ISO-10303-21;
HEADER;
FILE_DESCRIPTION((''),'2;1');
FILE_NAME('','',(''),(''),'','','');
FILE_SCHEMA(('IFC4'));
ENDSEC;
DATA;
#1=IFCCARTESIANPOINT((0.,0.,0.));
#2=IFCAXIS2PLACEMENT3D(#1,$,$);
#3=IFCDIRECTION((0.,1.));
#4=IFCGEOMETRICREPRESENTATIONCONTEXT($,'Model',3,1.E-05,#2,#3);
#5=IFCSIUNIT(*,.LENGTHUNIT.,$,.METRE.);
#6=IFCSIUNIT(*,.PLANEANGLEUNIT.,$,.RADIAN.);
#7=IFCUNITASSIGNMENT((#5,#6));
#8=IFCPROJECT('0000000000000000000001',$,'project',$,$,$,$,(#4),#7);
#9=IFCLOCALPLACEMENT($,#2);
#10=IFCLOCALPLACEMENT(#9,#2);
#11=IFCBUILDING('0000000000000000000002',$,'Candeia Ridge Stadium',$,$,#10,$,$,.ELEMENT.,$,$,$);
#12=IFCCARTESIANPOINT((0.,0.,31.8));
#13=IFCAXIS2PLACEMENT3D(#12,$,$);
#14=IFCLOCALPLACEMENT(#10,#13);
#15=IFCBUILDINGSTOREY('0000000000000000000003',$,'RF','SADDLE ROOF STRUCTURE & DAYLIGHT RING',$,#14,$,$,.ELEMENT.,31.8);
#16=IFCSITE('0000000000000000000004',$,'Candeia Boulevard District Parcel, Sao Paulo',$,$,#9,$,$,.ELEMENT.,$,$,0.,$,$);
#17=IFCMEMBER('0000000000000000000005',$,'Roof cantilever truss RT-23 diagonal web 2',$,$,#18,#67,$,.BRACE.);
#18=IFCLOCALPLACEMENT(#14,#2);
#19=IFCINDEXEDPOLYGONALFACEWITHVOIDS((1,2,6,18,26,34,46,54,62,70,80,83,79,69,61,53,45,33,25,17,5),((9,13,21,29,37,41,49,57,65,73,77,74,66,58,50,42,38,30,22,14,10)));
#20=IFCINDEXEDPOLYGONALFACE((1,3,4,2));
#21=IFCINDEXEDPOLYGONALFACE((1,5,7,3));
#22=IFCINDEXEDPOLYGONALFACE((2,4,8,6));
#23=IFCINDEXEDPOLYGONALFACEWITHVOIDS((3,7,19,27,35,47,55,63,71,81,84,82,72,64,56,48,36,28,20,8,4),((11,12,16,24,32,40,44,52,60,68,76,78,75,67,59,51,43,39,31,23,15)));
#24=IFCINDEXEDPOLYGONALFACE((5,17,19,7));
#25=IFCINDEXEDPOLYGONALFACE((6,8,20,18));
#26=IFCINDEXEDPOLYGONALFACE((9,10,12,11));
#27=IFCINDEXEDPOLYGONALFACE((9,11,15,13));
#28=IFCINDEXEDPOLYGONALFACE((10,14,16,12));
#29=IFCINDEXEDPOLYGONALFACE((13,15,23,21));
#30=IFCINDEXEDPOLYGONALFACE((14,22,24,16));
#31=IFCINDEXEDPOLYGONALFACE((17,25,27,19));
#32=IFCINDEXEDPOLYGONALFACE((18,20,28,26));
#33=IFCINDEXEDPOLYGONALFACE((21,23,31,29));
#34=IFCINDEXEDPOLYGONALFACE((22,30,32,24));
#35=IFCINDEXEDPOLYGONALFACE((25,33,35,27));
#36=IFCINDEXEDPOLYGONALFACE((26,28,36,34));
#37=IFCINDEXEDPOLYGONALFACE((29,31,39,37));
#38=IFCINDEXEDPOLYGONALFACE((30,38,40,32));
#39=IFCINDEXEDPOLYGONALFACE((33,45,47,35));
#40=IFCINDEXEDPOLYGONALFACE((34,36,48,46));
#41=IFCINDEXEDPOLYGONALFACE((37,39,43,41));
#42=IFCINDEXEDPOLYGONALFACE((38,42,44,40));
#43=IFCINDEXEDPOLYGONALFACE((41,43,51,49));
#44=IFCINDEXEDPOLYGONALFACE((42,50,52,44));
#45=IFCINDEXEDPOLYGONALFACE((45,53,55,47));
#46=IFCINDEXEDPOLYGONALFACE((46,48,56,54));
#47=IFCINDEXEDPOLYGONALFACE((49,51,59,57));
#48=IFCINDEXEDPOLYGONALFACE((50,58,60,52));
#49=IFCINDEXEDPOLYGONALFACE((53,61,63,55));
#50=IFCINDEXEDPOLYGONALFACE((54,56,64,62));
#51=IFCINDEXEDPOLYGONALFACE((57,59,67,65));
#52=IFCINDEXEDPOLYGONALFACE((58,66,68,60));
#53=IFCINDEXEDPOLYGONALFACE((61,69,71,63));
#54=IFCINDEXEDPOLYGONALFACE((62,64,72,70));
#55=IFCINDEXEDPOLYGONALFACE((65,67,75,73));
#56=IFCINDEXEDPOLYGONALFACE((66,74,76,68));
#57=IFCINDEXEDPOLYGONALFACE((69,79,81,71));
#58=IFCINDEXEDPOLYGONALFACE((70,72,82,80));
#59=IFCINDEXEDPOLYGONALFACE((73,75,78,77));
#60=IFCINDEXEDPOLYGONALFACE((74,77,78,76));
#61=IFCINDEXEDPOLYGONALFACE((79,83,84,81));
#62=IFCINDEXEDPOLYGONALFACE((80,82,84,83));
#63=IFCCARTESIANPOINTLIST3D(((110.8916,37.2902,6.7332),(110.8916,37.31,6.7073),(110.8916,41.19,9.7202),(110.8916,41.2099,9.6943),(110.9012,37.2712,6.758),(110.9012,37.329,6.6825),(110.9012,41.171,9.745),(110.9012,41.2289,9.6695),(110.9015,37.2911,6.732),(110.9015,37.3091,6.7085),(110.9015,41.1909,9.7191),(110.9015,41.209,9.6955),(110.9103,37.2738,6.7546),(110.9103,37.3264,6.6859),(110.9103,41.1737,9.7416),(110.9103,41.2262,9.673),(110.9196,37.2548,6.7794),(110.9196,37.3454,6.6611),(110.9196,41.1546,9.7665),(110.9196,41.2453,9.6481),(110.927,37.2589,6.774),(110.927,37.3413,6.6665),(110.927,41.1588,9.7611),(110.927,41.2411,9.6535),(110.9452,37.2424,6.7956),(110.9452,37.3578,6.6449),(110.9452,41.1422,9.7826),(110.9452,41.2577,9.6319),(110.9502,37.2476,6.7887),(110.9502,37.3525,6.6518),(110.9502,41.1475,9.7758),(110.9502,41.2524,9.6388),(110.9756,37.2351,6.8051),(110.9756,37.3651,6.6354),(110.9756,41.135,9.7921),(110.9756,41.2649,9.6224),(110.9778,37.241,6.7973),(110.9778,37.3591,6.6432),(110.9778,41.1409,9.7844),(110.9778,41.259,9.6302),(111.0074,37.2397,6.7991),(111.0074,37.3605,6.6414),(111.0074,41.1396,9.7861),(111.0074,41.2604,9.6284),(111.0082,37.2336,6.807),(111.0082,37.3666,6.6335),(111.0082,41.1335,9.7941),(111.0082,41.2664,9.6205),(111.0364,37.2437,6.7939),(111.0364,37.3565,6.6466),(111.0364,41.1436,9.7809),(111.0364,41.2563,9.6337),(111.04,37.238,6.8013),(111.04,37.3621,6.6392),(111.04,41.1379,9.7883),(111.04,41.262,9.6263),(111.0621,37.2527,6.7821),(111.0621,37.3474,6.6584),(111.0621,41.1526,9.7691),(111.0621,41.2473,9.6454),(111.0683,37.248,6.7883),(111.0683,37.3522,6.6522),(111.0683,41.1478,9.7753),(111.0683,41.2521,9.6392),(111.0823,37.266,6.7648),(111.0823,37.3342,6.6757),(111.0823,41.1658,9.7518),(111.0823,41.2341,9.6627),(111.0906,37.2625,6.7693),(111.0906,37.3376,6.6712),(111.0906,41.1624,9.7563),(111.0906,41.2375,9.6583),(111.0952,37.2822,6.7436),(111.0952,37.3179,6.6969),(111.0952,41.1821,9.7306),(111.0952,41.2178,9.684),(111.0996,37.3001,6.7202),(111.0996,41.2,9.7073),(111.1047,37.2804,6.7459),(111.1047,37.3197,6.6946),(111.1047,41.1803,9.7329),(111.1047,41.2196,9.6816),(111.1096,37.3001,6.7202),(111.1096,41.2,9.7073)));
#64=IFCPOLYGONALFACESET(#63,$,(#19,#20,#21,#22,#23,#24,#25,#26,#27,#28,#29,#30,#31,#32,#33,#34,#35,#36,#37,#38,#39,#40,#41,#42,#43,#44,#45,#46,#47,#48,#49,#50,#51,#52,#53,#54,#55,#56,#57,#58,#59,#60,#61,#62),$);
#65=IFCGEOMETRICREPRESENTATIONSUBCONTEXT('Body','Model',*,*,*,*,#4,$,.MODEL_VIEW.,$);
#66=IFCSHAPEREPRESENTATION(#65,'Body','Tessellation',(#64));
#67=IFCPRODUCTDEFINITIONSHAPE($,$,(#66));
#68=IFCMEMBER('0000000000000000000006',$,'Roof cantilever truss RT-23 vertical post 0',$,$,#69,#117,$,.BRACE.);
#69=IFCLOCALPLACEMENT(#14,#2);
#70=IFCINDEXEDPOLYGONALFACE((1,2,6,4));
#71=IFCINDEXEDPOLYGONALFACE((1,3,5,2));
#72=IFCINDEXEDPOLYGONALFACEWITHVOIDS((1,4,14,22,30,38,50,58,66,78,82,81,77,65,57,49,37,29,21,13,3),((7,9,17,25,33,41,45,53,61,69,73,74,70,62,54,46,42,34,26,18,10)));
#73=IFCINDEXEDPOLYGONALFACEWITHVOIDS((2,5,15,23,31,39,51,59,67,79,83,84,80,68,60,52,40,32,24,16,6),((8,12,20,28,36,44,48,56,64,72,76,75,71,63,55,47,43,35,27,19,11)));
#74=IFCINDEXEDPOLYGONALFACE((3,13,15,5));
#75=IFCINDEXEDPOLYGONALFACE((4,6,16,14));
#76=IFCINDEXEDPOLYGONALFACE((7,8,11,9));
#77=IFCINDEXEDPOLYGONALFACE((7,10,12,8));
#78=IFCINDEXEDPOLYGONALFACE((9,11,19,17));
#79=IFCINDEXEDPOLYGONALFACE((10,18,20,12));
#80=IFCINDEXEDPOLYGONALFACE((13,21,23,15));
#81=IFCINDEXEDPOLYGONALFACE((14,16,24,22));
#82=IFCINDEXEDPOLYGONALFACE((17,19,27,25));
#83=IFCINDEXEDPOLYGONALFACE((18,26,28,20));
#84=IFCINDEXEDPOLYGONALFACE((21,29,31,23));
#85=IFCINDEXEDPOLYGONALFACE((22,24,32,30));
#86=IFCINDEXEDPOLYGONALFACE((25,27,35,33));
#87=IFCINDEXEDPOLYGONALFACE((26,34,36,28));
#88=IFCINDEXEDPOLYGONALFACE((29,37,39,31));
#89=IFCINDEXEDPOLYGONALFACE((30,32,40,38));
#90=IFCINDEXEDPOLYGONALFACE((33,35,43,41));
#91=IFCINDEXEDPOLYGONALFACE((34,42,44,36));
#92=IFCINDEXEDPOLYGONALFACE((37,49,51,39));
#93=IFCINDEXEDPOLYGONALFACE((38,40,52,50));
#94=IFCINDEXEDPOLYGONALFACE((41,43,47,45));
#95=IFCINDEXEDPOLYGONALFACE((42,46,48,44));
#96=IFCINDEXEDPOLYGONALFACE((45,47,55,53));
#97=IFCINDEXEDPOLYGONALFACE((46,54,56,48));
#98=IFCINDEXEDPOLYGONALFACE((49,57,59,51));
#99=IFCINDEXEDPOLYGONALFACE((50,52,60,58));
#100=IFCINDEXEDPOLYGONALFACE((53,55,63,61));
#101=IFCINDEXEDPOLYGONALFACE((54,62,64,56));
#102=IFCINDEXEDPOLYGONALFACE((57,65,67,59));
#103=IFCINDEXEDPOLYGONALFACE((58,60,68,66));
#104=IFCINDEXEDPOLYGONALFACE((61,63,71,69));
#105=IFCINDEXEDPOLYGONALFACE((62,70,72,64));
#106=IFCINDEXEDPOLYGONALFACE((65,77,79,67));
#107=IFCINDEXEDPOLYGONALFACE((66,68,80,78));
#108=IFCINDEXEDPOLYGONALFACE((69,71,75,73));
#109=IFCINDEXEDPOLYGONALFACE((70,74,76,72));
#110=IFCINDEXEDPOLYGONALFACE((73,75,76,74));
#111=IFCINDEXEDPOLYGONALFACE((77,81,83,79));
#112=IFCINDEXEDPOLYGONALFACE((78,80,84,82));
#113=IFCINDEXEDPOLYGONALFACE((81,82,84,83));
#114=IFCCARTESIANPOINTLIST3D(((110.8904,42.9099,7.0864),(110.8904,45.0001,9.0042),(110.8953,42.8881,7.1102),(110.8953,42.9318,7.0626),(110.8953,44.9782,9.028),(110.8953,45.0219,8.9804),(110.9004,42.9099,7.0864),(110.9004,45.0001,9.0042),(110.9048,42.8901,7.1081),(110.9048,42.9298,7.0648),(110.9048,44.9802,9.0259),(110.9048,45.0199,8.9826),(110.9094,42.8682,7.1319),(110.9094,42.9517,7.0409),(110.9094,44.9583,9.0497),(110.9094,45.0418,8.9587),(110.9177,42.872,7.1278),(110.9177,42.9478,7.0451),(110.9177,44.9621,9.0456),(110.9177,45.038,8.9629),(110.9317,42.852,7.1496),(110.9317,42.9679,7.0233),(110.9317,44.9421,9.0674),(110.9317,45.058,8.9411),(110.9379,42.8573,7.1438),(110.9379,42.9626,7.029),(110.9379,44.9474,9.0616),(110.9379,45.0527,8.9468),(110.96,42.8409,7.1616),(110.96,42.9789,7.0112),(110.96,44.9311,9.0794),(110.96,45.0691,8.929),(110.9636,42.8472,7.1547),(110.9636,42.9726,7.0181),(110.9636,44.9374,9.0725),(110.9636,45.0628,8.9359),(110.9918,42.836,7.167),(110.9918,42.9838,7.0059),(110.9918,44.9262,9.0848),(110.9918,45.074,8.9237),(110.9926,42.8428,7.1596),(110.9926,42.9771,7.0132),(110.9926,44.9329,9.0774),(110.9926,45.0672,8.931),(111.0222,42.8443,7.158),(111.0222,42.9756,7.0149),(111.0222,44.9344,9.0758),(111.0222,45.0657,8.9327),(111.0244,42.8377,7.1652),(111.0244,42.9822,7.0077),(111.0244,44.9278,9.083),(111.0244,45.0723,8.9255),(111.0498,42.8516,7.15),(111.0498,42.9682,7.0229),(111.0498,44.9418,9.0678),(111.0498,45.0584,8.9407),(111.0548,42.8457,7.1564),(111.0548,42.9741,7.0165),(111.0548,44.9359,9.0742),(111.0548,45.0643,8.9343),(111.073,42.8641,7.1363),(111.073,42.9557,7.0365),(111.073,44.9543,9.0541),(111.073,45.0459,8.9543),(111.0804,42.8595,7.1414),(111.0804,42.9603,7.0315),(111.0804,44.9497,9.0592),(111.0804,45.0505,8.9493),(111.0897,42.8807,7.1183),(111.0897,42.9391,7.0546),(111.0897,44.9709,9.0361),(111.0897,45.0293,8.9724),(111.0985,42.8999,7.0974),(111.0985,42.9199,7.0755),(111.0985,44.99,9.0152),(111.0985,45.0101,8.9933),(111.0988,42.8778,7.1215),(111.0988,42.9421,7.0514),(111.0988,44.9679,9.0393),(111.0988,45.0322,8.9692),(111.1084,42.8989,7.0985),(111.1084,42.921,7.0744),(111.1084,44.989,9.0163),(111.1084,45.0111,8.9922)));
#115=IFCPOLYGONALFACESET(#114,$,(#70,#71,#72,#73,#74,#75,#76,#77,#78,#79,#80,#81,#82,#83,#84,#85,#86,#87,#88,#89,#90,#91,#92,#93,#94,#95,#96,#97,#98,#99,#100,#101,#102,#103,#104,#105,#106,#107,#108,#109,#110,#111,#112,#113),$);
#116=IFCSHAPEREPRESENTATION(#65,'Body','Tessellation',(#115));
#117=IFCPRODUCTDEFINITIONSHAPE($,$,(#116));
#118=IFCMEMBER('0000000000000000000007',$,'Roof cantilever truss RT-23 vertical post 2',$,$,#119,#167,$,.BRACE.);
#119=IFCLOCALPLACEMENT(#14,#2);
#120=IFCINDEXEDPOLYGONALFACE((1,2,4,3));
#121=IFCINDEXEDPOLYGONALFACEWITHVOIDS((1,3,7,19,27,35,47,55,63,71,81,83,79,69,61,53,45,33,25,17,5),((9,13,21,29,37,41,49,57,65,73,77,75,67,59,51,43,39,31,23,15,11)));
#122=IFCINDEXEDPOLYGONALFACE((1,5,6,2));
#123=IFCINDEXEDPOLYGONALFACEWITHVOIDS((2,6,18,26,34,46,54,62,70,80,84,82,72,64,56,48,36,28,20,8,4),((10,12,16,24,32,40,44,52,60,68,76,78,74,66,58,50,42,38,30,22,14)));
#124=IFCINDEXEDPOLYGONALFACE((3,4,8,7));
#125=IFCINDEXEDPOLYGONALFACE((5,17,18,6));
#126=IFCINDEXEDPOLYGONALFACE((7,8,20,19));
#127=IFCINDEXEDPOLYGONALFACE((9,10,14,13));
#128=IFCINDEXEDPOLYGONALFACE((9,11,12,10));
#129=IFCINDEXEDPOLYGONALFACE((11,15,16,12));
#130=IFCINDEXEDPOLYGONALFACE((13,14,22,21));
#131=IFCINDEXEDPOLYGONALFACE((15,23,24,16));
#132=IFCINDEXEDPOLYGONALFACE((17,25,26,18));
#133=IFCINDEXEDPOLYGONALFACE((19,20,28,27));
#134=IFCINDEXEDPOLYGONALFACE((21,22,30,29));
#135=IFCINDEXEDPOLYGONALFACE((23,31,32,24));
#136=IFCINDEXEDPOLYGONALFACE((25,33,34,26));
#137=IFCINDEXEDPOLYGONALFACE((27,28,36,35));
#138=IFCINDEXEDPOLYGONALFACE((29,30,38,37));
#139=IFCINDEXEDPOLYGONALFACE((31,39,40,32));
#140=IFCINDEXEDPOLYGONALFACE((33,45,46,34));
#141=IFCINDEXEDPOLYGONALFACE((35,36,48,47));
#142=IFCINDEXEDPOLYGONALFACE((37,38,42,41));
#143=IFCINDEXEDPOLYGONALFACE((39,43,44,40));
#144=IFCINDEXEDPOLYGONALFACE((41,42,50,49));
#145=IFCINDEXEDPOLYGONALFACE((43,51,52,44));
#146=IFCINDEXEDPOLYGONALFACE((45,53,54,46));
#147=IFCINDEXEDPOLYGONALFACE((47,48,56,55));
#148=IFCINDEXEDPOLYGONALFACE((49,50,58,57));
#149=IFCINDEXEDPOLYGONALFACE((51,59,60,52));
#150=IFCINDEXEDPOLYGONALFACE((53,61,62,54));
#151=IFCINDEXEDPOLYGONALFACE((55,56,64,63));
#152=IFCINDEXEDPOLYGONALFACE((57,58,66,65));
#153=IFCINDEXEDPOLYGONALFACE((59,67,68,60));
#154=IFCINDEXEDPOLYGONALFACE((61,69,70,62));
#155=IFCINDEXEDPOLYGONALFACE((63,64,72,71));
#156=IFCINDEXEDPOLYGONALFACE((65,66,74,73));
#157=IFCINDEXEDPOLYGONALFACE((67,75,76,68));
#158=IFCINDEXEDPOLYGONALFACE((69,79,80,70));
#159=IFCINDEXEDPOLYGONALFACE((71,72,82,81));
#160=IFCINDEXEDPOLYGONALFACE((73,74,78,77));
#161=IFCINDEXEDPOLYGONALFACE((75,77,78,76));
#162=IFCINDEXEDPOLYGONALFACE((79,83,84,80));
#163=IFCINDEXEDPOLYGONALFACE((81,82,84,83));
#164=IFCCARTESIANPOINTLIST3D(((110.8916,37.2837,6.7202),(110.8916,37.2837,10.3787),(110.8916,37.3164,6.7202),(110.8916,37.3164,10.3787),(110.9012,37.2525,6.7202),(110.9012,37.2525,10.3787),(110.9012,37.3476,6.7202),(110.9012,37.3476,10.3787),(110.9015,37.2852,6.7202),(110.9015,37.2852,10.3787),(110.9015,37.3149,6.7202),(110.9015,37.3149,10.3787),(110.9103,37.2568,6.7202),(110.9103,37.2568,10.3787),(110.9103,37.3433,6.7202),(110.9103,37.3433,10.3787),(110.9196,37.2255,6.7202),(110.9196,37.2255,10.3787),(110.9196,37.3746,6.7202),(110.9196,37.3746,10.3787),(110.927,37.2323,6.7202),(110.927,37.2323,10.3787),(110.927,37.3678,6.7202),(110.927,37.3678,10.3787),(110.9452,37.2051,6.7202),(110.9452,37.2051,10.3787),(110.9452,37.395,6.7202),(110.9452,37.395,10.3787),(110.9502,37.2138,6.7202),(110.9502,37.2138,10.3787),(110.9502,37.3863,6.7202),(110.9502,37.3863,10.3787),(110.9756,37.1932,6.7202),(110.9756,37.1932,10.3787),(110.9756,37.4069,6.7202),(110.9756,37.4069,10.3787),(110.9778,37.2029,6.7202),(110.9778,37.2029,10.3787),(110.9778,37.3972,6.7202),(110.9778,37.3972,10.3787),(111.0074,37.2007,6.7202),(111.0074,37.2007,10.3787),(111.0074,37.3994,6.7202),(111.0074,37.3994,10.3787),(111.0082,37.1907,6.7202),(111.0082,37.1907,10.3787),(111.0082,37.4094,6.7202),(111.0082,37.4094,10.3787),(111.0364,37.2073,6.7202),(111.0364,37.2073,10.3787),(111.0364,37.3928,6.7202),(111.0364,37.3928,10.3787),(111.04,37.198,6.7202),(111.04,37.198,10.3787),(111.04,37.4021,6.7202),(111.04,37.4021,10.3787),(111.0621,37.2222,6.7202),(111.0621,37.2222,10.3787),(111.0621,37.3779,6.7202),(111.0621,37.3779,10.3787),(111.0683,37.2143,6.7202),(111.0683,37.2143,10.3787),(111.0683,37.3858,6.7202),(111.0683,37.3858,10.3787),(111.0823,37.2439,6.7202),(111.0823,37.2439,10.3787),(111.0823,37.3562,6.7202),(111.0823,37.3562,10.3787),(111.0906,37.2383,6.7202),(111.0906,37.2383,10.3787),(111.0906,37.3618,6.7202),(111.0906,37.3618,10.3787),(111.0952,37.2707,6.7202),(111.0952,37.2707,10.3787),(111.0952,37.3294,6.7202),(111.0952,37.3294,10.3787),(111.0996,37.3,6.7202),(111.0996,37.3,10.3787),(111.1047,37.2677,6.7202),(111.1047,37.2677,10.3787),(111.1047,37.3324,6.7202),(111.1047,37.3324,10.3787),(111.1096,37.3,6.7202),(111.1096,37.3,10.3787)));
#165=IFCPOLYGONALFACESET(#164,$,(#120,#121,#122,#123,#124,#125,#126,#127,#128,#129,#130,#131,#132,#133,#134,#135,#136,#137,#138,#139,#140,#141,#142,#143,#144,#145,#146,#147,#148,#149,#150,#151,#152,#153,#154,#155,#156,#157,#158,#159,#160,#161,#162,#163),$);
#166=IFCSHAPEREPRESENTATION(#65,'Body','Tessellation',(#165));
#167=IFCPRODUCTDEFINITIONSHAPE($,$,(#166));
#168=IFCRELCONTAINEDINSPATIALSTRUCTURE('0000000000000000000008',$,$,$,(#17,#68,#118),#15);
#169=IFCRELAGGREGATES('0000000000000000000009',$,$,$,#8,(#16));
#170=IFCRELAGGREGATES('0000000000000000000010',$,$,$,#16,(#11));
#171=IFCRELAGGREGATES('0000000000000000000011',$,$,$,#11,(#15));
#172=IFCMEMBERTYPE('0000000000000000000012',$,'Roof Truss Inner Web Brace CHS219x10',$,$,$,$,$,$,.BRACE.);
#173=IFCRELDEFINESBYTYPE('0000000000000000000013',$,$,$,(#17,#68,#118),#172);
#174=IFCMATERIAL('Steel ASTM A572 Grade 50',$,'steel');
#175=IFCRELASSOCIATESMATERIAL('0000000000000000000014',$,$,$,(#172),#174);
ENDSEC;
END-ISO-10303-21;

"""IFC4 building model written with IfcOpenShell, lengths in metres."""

from ifc_helpers import new_model, si_unit, direction, frame, origin, origin_2d, place, context, subcontext, project, spatial, hollow_circle, extrude, material, material_profile, profile_set, type_object, element, save


model = new_model("IFC4")

# Units and contexts
model_context = context("Model", 3, precision=1e-05, world=origin(), true_north=direction((0.0, 1.0)))
body_context = subcontext(model_context, "Body", "Model", "MODEL_VIEW")
ifc_project = project(units=[si_unit("LENGTHUNIT", "METRE"), si_unit("PLANEANGLEUNIT", "RADIAN")], contexts=[model_context])

# Site, building, storey
site_placement = place(None, origin())
site = spatial("IfcSite", under=ifc_project, at=site_placement, Name="Candeia Boulevard District Parcel, Sao Paulo", CompositionType="ELEMENT", RefElevation=0.0)
building_placement = place(site_placement, origin())
building = spatial("IfcBuilding", under=site, at=building_placement, Name="Candeia Ridge Stadium", CompositionType="ELEMENT")
storey_placement = place(building_placement, frame((0.0, 0.0, 31.8)))
storey = spatial("IfcBuildingStorey", under=building, at=storey_placement, Name="RF", Description="SADDLE ROOF STRUCTURE & DAYLIGHT RING", CompositionType="ELEMENT", Elevation=31.8)

# Shared definitions
ifc_material_1 = material(Name="Steel ASTM A572 Grade 50", Category="steel")

# Members
ifc_material_profile_1 = material_profile(ifc_material_1, hollow_circle(Radius=0.1096, WallThickness=0.01, at=origin_2d()), Name="CHS219x10", Category="steel")
ifc_profile_set_1 = profile_set([ifc_material_profile_1], Name="Steel ASTM A572 Grade 50")
member_type_1 = type_object("IfcMemberType", Name="Roof Truss Inner Web Brace CHS219x10", PredefinedType="BRACE", material=ifc_profile_set_1)
member_1_placement = place(storey_placement, frame((111.0, 41.2, 9.7073), z_axis=(0.0, -0.793888, -0.608064), x_axis=(1.0, 0.0, 0.0)))
element("IfcMember", 1, at=member_1_placement, inside=storey, type_object=member_type_1, Name="Roof cantilever truss RT-23 diagonal web 2", PredefinedType="BRACE", context=body_context, shape_type="SweptSolid", body=[
    extrude(hollow_circle(Radius=0.1096, WallThickness=0.01, at=origin_2d()), origin(), (0.0, 0.0, 1.0), 4.9124),
])
member_2_placement = place(storey_placement, frame((111.0, 42.9099, 7.0864), z_axis=(0.0, 0.736836, 0.676071), x_axis=(-1.0, 0.0, 0.0)))
element("IfcMember", 2, at=member_2_placement, inside=storey, type_object=member_type_1, Name="Roof cantilever truss RT-23 vertical post 0", PredefinedType="BRACE", context=body_context, shape_type="SweptSolid", body=[
    extrude(hollow_circle(Radius=0.1096, WallThickness=0.01, at=origin_2d()), origin(), (0.0, 0.0, 1.0), 2.8367),
])
member_3_placement = place(storey_placement, frame((111.0, 37.3, 6.7202), z_axis=(0.0, 0.0, 1.0), x_axis=(1.0, 0.0, 0.0)))
element("IfcMember", 3, at=member_3_placement, inside=storey, type_object=member_type_1, Name="Roof cantilever truss RT-23 vertical post 2", PredefinedType="BRACE", context=body_context, shape_type="SweptSolid", body=[
    extrude(hollow_circle(Radius=0.1096, WallThickness=0.01, at=origin_2d()), origin(), (0.0, 0.0, 1.0), 3.6584),
])

save(model, "model.ifc")
